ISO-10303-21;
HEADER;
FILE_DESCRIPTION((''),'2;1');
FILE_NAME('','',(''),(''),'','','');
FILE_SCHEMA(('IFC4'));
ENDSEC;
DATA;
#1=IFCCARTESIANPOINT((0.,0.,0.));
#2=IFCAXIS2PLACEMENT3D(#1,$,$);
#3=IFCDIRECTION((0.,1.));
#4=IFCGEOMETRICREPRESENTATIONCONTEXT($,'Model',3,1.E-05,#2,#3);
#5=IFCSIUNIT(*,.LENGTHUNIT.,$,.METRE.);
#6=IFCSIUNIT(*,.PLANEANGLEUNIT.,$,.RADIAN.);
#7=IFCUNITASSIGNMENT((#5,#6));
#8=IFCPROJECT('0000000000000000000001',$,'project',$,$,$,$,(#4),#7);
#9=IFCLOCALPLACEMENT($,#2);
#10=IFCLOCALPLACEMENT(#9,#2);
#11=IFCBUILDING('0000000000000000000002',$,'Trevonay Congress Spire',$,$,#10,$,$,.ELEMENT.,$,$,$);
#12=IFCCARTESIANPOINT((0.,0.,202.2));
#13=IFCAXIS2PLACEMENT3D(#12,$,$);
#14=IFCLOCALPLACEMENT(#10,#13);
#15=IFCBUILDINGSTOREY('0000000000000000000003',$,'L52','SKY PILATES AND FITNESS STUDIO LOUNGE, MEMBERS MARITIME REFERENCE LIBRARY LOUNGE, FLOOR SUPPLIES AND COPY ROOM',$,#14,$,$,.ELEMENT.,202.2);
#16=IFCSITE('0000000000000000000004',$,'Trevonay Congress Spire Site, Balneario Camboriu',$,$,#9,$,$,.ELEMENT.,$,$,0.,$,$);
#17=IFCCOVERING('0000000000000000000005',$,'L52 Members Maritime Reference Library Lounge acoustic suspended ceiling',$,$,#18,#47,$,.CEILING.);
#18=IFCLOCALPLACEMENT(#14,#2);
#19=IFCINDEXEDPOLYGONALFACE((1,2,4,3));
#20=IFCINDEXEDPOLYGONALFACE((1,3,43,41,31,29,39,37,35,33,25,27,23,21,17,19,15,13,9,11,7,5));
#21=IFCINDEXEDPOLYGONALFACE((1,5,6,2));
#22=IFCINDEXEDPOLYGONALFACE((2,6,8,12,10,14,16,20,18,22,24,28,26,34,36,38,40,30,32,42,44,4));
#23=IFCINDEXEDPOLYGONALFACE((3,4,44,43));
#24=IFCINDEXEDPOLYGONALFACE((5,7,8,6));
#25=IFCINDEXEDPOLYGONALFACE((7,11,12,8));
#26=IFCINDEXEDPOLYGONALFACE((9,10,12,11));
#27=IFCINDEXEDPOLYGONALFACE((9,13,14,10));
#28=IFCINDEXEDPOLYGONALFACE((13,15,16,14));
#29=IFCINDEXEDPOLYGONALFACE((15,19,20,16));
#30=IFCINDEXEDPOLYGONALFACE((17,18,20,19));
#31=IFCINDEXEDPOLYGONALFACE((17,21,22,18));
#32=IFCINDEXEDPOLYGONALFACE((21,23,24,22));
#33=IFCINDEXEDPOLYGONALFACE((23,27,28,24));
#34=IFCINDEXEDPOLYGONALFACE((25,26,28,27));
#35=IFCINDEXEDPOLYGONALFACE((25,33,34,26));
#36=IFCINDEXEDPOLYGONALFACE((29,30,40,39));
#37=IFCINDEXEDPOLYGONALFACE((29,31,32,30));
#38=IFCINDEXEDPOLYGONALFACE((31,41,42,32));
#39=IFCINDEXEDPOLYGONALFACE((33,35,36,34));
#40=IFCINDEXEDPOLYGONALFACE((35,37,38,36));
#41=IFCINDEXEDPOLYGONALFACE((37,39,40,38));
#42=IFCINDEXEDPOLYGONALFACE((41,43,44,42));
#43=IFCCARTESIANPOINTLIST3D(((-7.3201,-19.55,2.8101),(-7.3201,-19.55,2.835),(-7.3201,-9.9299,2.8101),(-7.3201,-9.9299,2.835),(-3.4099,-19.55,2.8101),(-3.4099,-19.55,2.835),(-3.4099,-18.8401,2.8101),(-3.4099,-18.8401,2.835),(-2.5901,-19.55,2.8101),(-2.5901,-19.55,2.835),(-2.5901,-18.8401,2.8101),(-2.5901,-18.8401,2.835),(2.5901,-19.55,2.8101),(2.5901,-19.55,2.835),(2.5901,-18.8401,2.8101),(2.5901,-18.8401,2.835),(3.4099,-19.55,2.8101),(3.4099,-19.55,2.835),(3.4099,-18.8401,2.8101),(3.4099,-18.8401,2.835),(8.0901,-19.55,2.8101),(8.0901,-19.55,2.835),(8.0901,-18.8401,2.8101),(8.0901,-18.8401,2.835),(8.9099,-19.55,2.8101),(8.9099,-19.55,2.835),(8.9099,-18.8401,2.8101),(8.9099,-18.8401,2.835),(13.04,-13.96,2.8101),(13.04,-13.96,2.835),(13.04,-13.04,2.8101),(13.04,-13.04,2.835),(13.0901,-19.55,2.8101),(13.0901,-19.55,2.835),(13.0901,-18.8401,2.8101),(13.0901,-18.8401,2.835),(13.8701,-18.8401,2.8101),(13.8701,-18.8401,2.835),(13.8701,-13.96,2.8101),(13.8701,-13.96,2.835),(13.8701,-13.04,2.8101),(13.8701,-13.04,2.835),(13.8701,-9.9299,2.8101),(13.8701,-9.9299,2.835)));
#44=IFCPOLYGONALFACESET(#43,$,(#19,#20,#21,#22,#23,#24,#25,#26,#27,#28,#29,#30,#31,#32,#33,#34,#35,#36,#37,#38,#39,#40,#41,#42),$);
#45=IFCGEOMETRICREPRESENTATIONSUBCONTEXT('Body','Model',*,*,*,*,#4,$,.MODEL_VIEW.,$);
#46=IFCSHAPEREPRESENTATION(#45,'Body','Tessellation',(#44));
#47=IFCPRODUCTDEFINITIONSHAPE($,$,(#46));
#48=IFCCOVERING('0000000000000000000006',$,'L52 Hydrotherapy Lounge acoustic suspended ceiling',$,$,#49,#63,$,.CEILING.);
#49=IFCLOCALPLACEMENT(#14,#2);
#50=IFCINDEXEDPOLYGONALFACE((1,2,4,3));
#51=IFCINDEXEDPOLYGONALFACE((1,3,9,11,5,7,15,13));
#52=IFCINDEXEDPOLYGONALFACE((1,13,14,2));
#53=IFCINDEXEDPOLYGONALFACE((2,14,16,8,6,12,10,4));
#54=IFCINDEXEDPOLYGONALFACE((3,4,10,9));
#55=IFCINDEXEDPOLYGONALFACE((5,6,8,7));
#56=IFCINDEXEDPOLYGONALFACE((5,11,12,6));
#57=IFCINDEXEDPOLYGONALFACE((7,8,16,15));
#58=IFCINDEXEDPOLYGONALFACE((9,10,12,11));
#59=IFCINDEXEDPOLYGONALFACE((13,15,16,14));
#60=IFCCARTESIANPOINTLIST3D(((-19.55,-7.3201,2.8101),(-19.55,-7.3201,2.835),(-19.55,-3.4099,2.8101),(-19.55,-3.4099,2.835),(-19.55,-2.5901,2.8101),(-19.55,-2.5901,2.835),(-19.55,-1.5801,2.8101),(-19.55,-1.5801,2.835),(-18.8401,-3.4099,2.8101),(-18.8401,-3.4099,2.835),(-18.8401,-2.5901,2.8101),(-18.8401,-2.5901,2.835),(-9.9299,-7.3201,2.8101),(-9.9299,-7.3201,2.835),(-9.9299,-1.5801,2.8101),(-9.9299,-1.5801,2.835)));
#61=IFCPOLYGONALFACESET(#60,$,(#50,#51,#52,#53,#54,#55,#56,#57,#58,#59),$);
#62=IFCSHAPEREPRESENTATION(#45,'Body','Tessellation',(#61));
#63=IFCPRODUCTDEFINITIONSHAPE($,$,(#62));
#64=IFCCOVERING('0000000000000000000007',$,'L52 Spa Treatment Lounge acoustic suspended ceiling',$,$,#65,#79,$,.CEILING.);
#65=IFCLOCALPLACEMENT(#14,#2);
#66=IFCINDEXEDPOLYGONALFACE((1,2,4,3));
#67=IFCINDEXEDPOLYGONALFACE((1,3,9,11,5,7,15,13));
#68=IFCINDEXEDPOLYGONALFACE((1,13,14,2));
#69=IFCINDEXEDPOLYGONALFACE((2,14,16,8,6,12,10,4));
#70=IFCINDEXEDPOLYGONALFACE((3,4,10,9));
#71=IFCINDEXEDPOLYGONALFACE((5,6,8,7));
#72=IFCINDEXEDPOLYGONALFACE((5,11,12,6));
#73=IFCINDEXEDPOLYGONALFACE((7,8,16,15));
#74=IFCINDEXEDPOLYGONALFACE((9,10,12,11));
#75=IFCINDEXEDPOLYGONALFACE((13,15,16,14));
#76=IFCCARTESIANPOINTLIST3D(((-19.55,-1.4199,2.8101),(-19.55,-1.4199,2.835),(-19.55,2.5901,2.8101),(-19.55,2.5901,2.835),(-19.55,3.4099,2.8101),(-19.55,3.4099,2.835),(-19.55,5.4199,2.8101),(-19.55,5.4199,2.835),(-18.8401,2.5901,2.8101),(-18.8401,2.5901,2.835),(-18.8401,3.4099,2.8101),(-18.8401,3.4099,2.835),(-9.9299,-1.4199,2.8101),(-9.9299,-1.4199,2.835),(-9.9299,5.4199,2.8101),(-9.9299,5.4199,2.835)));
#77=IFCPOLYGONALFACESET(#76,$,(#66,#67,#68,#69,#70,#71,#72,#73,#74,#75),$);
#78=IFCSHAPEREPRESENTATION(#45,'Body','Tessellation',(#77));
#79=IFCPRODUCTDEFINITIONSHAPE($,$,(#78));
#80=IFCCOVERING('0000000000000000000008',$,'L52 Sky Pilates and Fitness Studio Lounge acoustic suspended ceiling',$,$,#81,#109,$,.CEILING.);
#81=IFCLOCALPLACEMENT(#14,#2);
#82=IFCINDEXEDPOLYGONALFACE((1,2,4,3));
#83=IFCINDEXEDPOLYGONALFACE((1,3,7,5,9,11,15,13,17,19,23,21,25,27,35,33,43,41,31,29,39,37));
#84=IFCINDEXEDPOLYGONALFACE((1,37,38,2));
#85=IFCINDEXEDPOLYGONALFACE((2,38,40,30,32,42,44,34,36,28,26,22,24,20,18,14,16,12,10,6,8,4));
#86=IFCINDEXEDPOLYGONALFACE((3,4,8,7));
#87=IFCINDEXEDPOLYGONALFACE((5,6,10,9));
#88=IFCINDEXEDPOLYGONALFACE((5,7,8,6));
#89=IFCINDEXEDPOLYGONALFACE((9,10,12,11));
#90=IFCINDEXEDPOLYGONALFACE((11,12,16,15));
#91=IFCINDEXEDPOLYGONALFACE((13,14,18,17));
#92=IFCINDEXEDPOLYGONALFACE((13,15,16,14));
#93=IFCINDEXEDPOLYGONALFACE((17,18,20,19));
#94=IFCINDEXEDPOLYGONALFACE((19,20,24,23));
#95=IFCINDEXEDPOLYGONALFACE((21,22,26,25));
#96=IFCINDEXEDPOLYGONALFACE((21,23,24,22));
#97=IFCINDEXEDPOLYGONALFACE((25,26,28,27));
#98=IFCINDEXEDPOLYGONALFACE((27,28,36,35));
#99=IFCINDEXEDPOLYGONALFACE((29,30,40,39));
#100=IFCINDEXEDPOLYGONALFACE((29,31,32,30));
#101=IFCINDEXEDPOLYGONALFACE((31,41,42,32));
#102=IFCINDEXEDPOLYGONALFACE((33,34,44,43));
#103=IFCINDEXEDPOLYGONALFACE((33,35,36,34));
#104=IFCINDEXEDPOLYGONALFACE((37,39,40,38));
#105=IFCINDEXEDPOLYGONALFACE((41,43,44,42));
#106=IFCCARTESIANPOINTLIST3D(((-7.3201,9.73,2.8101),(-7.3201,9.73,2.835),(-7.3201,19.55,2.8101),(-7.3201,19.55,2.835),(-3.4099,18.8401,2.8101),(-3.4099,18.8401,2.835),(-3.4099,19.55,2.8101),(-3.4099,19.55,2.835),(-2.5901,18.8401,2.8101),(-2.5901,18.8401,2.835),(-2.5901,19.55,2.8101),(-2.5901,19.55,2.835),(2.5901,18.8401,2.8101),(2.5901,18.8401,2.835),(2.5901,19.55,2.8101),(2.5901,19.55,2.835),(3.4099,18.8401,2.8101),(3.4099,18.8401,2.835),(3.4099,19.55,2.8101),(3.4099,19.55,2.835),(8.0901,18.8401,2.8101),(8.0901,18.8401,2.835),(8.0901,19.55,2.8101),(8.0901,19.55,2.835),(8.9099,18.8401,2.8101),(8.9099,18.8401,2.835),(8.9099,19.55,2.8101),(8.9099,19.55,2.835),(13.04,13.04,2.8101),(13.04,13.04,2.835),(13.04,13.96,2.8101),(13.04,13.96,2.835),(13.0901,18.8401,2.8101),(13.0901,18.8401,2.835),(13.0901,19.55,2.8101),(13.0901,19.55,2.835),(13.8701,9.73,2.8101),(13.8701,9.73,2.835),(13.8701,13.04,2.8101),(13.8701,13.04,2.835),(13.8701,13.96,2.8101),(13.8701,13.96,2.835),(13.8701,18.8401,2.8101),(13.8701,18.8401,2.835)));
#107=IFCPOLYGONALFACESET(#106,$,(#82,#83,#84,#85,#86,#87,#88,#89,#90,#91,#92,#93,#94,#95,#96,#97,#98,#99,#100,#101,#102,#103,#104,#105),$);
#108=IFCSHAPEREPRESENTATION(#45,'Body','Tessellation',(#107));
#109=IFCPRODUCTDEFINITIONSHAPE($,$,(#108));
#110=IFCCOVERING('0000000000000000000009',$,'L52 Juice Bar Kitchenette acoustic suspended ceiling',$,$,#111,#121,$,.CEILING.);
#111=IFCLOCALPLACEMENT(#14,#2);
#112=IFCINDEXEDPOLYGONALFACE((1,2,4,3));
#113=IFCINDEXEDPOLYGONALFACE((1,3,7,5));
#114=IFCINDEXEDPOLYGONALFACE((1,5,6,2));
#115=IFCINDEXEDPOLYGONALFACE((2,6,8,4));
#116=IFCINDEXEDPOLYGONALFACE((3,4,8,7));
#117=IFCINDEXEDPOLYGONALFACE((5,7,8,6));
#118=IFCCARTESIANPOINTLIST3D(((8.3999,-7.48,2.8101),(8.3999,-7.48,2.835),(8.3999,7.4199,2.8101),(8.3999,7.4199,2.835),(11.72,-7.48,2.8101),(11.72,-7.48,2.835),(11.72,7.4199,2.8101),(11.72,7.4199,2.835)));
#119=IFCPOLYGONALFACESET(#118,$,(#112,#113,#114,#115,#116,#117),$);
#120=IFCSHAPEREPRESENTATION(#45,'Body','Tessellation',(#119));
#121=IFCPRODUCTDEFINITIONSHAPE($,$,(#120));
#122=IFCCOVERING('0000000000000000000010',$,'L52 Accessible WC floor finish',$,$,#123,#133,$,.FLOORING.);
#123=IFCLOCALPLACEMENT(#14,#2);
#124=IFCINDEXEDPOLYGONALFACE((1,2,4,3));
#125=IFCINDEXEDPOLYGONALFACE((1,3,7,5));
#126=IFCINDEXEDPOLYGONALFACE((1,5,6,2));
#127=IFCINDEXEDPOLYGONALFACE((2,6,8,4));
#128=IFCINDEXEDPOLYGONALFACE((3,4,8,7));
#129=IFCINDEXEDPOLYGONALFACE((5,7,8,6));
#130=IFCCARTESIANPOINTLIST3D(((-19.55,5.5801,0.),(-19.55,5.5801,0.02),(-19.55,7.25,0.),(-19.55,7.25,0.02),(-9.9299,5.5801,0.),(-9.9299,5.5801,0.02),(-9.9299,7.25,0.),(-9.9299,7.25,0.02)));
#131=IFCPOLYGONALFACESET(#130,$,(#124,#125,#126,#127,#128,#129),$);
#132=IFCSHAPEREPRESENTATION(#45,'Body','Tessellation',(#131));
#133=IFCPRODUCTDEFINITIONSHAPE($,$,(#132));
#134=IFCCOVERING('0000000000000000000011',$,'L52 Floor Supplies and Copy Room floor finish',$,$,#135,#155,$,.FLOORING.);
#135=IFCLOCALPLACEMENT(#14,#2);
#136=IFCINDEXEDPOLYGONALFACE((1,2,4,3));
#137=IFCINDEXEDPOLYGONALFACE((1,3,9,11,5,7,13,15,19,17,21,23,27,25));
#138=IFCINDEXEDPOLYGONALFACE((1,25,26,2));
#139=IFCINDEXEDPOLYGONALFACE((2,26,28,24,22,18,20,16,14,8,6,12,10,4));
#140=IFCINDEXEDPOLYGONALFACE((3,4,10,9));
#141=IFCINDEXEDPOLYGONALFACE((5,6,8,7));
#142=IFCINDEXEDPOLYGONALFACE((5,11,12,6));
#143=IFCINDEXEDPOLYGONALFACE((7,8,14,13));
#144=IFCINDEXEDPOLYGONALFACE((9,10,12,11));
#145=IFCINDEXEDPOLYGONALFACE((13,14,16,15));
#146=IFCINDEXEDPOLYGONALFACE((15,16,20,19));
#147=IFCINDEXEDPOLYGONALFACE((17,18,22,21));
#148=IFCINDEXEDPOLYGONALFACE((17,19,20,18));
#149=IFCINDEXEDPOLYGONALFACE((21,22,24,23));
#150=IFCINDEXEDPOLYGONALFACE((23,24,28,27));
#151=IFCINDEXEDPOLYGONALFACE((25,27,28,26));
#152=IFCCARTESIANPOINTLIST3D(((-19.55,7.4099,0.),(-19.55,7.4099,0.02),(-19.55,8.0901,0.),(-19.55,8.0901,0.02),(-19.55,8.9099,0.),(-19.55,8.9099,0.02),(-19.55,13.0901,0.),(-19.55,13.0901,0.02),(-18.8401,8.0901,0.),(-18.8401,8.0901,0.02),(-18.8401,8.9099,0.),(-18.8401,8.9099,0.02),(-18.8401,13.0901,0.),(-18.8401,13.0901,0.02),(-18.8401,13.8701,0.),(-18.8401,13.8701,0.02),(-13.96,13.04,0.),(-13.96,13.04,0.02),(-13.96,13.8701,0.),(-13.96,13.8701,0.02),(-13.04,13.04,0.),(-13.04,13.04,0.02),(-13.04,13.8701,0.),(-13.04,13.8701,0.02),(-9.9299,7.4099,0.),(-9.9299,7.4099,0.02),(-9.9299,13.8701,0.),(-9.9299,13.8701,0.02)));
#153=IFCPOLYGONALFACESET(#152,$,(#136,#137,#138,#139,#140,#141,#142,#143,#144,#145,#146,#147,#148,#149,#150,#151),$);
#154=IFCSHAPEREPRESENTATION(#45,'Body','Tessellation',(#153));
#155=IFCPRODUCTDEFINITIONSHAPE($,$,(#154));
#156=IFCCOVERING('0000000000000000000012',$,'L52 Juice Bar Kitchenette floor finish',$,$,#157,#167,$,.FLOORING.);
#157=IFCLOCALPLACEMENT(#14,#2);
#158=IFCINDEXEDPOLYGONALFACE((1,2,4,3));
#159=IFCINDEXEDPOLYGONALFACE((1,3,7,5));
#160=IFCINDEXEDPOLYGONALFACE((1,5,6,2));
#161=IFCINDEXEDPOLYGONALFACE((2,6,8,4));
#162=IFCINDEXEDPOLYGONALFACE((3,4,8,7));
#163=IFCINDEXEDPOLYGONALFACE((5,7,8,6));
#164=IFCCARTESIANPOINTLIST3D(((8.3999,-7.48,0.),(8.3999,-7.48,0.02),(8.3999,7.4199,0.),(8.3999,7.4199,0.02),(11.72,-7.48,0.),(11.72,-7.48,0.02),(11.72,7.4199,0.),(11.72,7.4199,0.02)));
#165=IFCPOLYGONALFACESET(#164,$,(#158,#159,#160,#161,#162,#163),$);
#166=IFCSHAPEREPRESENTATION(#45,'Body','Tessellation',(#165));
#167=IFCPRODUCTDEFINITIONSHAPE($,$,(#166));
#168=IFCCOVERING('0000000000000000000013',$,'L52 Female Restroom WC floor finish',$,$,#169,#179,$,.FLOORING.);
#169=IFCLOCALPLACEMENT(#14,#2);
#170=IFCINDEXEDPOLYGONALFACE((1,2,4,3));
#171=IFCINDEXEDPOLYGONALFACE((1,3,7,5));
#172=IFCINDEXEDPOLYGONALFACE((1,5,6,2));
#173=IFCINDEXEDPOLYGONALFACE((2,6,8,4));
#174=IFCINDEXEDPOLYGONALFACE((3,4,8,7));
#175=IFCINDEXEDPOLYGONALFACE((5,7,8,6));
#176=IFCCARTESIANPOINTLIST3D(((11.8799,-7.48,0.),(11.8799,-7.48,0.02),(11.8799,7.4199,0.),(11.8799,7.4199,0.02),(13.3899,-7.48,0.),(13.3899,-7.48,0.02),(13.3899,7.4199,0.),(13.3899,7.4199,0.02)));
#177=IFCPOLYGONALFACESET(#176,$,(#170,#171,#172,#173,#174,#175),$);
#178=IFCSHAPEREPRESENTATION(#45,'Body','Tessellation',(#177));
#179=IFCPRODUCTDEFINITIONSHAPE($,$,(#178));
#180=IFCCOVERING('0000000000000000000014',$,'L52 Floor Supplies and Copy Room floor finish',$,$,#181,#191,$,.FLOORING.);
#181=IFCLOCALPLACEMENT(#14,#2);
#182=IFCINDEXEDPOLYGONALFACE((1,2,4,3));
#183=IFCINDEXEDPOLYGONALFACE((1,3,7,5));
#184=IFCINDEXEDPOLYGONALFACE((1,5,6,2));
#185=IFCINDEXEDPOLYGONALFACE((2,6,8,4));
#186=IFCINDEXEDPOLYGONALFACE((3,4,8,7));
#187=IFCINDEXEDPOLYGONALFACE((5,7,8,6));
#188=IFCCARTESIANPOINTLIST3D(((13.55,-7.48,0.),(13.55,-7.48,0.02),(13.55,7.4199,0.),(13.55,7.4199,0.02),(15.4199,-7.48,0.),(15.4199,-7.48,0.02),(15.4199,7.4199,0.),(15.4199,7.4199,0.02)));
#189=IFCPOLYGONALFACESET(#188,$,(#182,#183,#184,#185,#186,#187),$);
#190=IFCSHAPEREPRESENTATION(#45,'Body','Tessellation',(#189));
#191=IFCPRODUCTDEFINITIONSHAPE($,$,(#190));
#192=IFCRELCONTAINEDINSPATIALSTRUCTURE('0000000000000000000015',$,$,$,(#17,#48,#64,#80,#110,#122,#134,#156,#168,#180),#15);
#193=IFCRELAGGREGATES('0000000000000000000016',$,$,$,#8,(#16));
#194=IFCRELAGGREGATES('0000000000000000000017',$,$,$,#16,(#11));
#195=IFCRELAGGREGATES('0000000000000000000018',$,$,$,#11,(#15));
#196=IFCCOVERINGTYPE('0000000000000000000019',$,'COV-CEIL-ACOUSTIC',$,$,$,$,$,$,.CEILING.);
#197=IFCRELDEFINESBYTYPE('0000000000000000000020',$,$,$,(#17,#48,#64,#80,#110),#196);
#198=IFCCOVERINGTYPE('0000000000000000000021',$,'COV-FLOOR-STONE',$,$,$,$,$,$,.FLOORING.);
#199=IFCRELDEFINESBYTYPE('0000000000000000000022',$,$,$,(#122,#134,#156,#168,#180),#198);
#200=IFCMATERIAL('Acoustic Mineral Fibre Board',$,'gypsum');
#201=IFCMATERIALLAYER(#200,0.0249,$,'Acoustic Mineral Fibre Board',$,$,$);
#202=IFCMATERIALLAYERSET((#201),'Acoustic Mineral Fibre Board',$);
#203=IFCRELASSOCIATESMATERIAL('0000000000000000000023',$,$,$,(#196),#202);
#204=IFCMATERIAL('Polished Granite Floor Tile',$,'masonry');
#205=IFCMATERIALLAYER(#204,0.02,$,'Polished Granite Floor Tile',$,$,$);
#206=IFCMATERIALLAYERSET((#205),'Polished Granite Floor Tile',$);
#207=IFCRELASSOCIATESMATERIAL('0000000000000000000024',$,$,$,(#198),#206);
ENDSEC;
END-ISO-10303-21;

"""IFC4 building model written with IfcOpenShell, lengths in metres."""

from ifc_helpers import new_model, si_unit, direction, frame, origin, place, context, subcontext, project, spatial, polyline, outline, extrude, material, layer, layer_set, type_object, element, save


model = new_model("IFC4")

# Units and contexts
model_context = context("Model", 3, precision=1e-05, world=origin(), true_north=direction((0.0, 1.0)))
body_context = subcontext(model_context, "Body", "Model", "MODEL_VIEW")
ifc_project = project(units=[si_unit("LENGTHUNIT", "METRE"), si_unit("PLANEANGLEUNIT", "RADIAN")], contexts=[model_context])

# Site, building, storey
site_placement = place(None, origin())
site = spatial("IfcSite", under=ifc_project, at=site_placement, Name="Trevonay Congress Spire Site, Balneario Camboriu", CompositionType="ELEMENT", RefElevation=0.0)
building_placement = place(site_placement, origin())
building = spatial("IfcBuilding", under=site, at=building_placement, Name="Trevonay Congress Spire", CompositionType="ELEMENT")
storey_placement = place(building_placement, frame((0.0, 0.0, 202.2)))
storey = spatial("IfcBuildingStorey", under=building, at=storey_placement, Name="L52", Description="SKY PILATES AND FITNESS STUDIO LOUNGE, MEMBERS MARITIME REFERENCE LIBRARY LOUNGE, FLOOR SUPPLIES AND COPY ROOM", CompositionType="ELEMENT", Elevation=202.2)

# Coverings
ifc_material_1 = material(Name="Acoustic Mineral Fibre Board", Category="gypsum")
ifc_layer_1 = layer(ifc_material_1, 0.0249, Name="Acoustic Mineral Fibre Board")
ifc_layer_set_1 = layer_set([ifc_layer_1], Name="Acoustic Mineral Fibre Board")
covering_type_1 = type_object("IfcCoveringType", Name="COV-CEIL-ACOUSTIC", PredefinedType="CEILING", material=ifc_layer_set_1)
covering_1_placement = place(storey_placement, frame((0.0, 0.0, 2.8101)))
element("IfcCovering", 1, at=covering_1_placement, inside=storey, type_object=covering_type_1, Name="L52 Members Maritime Reference Library Lounge acoustic suspended ceiling", PredefinedType="CEILING", context=body_context, shape_type="SweptSolid", body=[
    extrude(outline(polyline([(-7.3201, -19.55), (-7.3201, -9.9299), (13.8701, -9.9299), (13.8701, -13.04), (13.04, -13.04), (13.04, -13.96), (13.8701, -13.96), (13.8701, -18.8401), (13.0901, -18.8401), (13.0901, -19.55), (8.9099, -19.55), (8.9099, -18.8401), (8.0901, -18.8401), (8.0901, -19.55), (3.4099, -19.55), (3.4099, -18.8401), (2.5901, -18.8401), (2.5901, -19.55), (-2.5901, -19.55), (-2.5901, -18.8401), (-3.4099, -18.8401), (-3.4099, -19.55), (-7.3201, -19.55)])), origin(), (0.0, 0.0, 1.0), 0.0249),
])
covering_2_placement = place(storey_placement, frame((0.0, 0.0, 2.8101)))
element("IfcCovering", 2, at=covering_2_placement, inside=storey, type_object=covering_type_1, Name="L52 Hydrotherapy Lounge acoustic suspended ceiling", PredefinedType="CEILING", context=body_context, shape_type="SweptSolid", body=[
    extrude(outline(polyline([(-19.55, -1.5801), (-9.9299, -1.5801), (-9.9299, -7.3201), (-19.55, -7.3201), (-19.55, -3.4099), (-18.8401, -3.4099), (-18.8401, -2.5901), (-19.55, -2.5901), (-19.55, -1.5801)])), origin(), (0.0, 0.0, 1.0), 0.0249),
])
covering_3_placement = place(storey_placement, frame((0.0, 0.0, 2.8101)))
element("IfcCovering", 3, at=covering_3_placement, inside=storey, type_object=covering_type_1, Name="L52 Spa Treatment Lounge acoustic suspended ceiling", PredefinedType="CEILING", context=body_context, shape_type="SweptSolid", body=[
    extrude(outline(polyline([(-19.55, 5.4199), (-9.9299, 5.4199), (-9.9299, -1.4199), (-19.55, -1.4199), (-19.55, 2.5901), (-18.8401, 2.5901), (-18.8401, 3.4099), (-19.55, 3.4099), (-19.55, 5.4199)])), origin(), (0.0, 0.0, 1.0), 0.0249),
])
covering_4_placement = place(storey_placement, frame((0.0, 0.0, 2.8101)))
element("IfcCovering", 4, at=covering_4_placement, inside=storey, type_object=covering_type_1, Name="L52 Sky Pilates and Fitness Studio Lounge acoustic suspended ceiling", PredefinedType="CEILING", context=body_context, shape_type="SweptSolid", body=[
    extrude(outline(polyline([(13.8701, 9.73), (-7.3201, 9.73), (-7.3201, 19.55), (-3.4099, 19.55), (-3.4099, 18.8401), (-2.5901, 18.8401), (-2.5901, 19.55), (2.5901, 19.55), (2.5901, 18.8401), (3.4099, 18.8401), (3.4099, 19.55), (8.0901, 19.55), (8.0901, 18.8401), (8.9099, 18.8401), (8.9099, 19.55), (13.0901, 19.55), (13.0901, 18.8401), (13.8701, 18.8401), (13.8701, 13.96), (13.04, 13.96), (13.04, 13.04), (13.8701, 13.04), (13.8701, 9.73)])), origin(), (0.0, 0.0, 1.0), 0.0249),
])
covering_5_placement = place(storey_placement, frame((0.0, 0.0, 2.8101)))
element("IfcCovering", 5, at=covering_5_placement, inside=storey, type_object=covering_type_1, Name="L52 Juice Bar Kitchenette acoustic suspended ceiling", PredefinedType="CEILING", context=body_context, shape_type="SweptSolid", body=[
    extrude(outline(polyline([(8.3999, -7.48), (11.72, -7.48), (11.72, 7.4199), (8.3999, 7.4199), (8.3999, -7.48)])), origin(), (0.0, 0.0, 1.0), 0.0249),
])
ifc_material_2 = material(Name="Polished Granite Floor Tile", Category="masonry")
ifc_layer_2 = layer(ifc_material_2, 0.02, Name="Polished Granite Floor Tile")
ifc_layer_set_2 = layer_set([ifc_layer_2], Name="Polished Granite Floor Tile")
covering_type_2 = type_object("IfcCoveringType", Name="COV-FLOOR-STONE", PredefinedType="FLOORING", material=ifc_layer_set_2)
covering_6_placement = place(storey_placement, origin())
element("IfcCovering", 6, at=covering_6_placement, inside=storey, type_object=covering_type_2, Name="L52 Accessible WC floor finish", PredefinedType="FLOORING", context=body_context, shape_type="SweptSolid", body=[
    extrude(outline(polyline([(-19.55, 5.5801), (-9.9299, 5.5801), (-9.9299, 7.25), (-19.55, 7.25), (-19.55, 5.5801)])), origin(), (0.0, 0.0, 1.0), 0.02),
])
covering_7_placement = place(storey_placement, origin())
element("IfcCovering", 7, at=covering_7_placement, inside=storey, type_object=covering_type_2, Name="L52 Floor Supplies and Copy Room floor finish", PredefinedType="FLOORING", context=body_context, shape_type="SweptSolid", body=[
    extrude(outline(polyline([(-9.9299, 13.8701), (-9.9299, 7.4099), (-19.55, 7.4099), (-19.55, 8.0901), (-18.8401, 8.0901), (-18.8401, 8.9099), (-19.55, 8.9099), (-19.55, 13.0901), (-18.8401, 13.0901), (-18.8401, 13.8701), (-13.96, 13.8701), (-13.96, 13.04), (-13.04, 13.04), (-13.04, 13.8701), (-9.9299, 13.8701)])), origin(), (0.0, 0.0, 1.0), 0.02),
])
covering_8_placement = place(storey_placement, origin())
element("IfcCovering", 8, at=covering_8_placement, inside=storey, type_object=covering_type_2, Name="L52 Juice Bar Kitchenette floor finish", PredefinedType="FLOORING", context=body_context, shape_type="SweptSolid", body=[
    extrude(outline(polyline([(8.3999, -7.48), (11.72, -7.48), (11.72, 7.4199), (8.3999, 7.4199), (8.3999, -7.48)])), origin(), (0.0, 0.0, 1.0), 0.02),
])
covering_9_placement = place(storey_placement, origin())
element("IfcCovering", 9, at=covering_9_placement, inside=storey, type_object=covering_type_2, Name="L52 Female Restroom WC floor finish", PredefinedType="FLOORING", context=body_context, shape_type="SweptSolid", body=[
    extrude(outline(polyline([(11.8799, -7.48), (13.3899, -7.48), (13.3899, 7.4199), (11.8799, 7.4199), (11.8799, -7.48)])), origin(), (0.0, 0.0, 1.0), 0.02),
])
covering_10_placement = place(storey_placement, origin())
element("IfcCovering", 10, at=covering_10_placement, inside=storey, type_object=covering_type_2, Name="L52 Floor Supplies and Copy Room floor finish", PredefinedType="FLOORING", context=body_context, shape_type="SweptSolid", body=[
    extrude(outline(polyline([(13.55, -7.48), (15.4199, -7.48), (15.4199, 7.4199), (13.55, 7.4199), (13.55, -7.48)])), origin(), (0.0, 0.0, 1.0), 0.02),
])

save(model, "model.ifc")
